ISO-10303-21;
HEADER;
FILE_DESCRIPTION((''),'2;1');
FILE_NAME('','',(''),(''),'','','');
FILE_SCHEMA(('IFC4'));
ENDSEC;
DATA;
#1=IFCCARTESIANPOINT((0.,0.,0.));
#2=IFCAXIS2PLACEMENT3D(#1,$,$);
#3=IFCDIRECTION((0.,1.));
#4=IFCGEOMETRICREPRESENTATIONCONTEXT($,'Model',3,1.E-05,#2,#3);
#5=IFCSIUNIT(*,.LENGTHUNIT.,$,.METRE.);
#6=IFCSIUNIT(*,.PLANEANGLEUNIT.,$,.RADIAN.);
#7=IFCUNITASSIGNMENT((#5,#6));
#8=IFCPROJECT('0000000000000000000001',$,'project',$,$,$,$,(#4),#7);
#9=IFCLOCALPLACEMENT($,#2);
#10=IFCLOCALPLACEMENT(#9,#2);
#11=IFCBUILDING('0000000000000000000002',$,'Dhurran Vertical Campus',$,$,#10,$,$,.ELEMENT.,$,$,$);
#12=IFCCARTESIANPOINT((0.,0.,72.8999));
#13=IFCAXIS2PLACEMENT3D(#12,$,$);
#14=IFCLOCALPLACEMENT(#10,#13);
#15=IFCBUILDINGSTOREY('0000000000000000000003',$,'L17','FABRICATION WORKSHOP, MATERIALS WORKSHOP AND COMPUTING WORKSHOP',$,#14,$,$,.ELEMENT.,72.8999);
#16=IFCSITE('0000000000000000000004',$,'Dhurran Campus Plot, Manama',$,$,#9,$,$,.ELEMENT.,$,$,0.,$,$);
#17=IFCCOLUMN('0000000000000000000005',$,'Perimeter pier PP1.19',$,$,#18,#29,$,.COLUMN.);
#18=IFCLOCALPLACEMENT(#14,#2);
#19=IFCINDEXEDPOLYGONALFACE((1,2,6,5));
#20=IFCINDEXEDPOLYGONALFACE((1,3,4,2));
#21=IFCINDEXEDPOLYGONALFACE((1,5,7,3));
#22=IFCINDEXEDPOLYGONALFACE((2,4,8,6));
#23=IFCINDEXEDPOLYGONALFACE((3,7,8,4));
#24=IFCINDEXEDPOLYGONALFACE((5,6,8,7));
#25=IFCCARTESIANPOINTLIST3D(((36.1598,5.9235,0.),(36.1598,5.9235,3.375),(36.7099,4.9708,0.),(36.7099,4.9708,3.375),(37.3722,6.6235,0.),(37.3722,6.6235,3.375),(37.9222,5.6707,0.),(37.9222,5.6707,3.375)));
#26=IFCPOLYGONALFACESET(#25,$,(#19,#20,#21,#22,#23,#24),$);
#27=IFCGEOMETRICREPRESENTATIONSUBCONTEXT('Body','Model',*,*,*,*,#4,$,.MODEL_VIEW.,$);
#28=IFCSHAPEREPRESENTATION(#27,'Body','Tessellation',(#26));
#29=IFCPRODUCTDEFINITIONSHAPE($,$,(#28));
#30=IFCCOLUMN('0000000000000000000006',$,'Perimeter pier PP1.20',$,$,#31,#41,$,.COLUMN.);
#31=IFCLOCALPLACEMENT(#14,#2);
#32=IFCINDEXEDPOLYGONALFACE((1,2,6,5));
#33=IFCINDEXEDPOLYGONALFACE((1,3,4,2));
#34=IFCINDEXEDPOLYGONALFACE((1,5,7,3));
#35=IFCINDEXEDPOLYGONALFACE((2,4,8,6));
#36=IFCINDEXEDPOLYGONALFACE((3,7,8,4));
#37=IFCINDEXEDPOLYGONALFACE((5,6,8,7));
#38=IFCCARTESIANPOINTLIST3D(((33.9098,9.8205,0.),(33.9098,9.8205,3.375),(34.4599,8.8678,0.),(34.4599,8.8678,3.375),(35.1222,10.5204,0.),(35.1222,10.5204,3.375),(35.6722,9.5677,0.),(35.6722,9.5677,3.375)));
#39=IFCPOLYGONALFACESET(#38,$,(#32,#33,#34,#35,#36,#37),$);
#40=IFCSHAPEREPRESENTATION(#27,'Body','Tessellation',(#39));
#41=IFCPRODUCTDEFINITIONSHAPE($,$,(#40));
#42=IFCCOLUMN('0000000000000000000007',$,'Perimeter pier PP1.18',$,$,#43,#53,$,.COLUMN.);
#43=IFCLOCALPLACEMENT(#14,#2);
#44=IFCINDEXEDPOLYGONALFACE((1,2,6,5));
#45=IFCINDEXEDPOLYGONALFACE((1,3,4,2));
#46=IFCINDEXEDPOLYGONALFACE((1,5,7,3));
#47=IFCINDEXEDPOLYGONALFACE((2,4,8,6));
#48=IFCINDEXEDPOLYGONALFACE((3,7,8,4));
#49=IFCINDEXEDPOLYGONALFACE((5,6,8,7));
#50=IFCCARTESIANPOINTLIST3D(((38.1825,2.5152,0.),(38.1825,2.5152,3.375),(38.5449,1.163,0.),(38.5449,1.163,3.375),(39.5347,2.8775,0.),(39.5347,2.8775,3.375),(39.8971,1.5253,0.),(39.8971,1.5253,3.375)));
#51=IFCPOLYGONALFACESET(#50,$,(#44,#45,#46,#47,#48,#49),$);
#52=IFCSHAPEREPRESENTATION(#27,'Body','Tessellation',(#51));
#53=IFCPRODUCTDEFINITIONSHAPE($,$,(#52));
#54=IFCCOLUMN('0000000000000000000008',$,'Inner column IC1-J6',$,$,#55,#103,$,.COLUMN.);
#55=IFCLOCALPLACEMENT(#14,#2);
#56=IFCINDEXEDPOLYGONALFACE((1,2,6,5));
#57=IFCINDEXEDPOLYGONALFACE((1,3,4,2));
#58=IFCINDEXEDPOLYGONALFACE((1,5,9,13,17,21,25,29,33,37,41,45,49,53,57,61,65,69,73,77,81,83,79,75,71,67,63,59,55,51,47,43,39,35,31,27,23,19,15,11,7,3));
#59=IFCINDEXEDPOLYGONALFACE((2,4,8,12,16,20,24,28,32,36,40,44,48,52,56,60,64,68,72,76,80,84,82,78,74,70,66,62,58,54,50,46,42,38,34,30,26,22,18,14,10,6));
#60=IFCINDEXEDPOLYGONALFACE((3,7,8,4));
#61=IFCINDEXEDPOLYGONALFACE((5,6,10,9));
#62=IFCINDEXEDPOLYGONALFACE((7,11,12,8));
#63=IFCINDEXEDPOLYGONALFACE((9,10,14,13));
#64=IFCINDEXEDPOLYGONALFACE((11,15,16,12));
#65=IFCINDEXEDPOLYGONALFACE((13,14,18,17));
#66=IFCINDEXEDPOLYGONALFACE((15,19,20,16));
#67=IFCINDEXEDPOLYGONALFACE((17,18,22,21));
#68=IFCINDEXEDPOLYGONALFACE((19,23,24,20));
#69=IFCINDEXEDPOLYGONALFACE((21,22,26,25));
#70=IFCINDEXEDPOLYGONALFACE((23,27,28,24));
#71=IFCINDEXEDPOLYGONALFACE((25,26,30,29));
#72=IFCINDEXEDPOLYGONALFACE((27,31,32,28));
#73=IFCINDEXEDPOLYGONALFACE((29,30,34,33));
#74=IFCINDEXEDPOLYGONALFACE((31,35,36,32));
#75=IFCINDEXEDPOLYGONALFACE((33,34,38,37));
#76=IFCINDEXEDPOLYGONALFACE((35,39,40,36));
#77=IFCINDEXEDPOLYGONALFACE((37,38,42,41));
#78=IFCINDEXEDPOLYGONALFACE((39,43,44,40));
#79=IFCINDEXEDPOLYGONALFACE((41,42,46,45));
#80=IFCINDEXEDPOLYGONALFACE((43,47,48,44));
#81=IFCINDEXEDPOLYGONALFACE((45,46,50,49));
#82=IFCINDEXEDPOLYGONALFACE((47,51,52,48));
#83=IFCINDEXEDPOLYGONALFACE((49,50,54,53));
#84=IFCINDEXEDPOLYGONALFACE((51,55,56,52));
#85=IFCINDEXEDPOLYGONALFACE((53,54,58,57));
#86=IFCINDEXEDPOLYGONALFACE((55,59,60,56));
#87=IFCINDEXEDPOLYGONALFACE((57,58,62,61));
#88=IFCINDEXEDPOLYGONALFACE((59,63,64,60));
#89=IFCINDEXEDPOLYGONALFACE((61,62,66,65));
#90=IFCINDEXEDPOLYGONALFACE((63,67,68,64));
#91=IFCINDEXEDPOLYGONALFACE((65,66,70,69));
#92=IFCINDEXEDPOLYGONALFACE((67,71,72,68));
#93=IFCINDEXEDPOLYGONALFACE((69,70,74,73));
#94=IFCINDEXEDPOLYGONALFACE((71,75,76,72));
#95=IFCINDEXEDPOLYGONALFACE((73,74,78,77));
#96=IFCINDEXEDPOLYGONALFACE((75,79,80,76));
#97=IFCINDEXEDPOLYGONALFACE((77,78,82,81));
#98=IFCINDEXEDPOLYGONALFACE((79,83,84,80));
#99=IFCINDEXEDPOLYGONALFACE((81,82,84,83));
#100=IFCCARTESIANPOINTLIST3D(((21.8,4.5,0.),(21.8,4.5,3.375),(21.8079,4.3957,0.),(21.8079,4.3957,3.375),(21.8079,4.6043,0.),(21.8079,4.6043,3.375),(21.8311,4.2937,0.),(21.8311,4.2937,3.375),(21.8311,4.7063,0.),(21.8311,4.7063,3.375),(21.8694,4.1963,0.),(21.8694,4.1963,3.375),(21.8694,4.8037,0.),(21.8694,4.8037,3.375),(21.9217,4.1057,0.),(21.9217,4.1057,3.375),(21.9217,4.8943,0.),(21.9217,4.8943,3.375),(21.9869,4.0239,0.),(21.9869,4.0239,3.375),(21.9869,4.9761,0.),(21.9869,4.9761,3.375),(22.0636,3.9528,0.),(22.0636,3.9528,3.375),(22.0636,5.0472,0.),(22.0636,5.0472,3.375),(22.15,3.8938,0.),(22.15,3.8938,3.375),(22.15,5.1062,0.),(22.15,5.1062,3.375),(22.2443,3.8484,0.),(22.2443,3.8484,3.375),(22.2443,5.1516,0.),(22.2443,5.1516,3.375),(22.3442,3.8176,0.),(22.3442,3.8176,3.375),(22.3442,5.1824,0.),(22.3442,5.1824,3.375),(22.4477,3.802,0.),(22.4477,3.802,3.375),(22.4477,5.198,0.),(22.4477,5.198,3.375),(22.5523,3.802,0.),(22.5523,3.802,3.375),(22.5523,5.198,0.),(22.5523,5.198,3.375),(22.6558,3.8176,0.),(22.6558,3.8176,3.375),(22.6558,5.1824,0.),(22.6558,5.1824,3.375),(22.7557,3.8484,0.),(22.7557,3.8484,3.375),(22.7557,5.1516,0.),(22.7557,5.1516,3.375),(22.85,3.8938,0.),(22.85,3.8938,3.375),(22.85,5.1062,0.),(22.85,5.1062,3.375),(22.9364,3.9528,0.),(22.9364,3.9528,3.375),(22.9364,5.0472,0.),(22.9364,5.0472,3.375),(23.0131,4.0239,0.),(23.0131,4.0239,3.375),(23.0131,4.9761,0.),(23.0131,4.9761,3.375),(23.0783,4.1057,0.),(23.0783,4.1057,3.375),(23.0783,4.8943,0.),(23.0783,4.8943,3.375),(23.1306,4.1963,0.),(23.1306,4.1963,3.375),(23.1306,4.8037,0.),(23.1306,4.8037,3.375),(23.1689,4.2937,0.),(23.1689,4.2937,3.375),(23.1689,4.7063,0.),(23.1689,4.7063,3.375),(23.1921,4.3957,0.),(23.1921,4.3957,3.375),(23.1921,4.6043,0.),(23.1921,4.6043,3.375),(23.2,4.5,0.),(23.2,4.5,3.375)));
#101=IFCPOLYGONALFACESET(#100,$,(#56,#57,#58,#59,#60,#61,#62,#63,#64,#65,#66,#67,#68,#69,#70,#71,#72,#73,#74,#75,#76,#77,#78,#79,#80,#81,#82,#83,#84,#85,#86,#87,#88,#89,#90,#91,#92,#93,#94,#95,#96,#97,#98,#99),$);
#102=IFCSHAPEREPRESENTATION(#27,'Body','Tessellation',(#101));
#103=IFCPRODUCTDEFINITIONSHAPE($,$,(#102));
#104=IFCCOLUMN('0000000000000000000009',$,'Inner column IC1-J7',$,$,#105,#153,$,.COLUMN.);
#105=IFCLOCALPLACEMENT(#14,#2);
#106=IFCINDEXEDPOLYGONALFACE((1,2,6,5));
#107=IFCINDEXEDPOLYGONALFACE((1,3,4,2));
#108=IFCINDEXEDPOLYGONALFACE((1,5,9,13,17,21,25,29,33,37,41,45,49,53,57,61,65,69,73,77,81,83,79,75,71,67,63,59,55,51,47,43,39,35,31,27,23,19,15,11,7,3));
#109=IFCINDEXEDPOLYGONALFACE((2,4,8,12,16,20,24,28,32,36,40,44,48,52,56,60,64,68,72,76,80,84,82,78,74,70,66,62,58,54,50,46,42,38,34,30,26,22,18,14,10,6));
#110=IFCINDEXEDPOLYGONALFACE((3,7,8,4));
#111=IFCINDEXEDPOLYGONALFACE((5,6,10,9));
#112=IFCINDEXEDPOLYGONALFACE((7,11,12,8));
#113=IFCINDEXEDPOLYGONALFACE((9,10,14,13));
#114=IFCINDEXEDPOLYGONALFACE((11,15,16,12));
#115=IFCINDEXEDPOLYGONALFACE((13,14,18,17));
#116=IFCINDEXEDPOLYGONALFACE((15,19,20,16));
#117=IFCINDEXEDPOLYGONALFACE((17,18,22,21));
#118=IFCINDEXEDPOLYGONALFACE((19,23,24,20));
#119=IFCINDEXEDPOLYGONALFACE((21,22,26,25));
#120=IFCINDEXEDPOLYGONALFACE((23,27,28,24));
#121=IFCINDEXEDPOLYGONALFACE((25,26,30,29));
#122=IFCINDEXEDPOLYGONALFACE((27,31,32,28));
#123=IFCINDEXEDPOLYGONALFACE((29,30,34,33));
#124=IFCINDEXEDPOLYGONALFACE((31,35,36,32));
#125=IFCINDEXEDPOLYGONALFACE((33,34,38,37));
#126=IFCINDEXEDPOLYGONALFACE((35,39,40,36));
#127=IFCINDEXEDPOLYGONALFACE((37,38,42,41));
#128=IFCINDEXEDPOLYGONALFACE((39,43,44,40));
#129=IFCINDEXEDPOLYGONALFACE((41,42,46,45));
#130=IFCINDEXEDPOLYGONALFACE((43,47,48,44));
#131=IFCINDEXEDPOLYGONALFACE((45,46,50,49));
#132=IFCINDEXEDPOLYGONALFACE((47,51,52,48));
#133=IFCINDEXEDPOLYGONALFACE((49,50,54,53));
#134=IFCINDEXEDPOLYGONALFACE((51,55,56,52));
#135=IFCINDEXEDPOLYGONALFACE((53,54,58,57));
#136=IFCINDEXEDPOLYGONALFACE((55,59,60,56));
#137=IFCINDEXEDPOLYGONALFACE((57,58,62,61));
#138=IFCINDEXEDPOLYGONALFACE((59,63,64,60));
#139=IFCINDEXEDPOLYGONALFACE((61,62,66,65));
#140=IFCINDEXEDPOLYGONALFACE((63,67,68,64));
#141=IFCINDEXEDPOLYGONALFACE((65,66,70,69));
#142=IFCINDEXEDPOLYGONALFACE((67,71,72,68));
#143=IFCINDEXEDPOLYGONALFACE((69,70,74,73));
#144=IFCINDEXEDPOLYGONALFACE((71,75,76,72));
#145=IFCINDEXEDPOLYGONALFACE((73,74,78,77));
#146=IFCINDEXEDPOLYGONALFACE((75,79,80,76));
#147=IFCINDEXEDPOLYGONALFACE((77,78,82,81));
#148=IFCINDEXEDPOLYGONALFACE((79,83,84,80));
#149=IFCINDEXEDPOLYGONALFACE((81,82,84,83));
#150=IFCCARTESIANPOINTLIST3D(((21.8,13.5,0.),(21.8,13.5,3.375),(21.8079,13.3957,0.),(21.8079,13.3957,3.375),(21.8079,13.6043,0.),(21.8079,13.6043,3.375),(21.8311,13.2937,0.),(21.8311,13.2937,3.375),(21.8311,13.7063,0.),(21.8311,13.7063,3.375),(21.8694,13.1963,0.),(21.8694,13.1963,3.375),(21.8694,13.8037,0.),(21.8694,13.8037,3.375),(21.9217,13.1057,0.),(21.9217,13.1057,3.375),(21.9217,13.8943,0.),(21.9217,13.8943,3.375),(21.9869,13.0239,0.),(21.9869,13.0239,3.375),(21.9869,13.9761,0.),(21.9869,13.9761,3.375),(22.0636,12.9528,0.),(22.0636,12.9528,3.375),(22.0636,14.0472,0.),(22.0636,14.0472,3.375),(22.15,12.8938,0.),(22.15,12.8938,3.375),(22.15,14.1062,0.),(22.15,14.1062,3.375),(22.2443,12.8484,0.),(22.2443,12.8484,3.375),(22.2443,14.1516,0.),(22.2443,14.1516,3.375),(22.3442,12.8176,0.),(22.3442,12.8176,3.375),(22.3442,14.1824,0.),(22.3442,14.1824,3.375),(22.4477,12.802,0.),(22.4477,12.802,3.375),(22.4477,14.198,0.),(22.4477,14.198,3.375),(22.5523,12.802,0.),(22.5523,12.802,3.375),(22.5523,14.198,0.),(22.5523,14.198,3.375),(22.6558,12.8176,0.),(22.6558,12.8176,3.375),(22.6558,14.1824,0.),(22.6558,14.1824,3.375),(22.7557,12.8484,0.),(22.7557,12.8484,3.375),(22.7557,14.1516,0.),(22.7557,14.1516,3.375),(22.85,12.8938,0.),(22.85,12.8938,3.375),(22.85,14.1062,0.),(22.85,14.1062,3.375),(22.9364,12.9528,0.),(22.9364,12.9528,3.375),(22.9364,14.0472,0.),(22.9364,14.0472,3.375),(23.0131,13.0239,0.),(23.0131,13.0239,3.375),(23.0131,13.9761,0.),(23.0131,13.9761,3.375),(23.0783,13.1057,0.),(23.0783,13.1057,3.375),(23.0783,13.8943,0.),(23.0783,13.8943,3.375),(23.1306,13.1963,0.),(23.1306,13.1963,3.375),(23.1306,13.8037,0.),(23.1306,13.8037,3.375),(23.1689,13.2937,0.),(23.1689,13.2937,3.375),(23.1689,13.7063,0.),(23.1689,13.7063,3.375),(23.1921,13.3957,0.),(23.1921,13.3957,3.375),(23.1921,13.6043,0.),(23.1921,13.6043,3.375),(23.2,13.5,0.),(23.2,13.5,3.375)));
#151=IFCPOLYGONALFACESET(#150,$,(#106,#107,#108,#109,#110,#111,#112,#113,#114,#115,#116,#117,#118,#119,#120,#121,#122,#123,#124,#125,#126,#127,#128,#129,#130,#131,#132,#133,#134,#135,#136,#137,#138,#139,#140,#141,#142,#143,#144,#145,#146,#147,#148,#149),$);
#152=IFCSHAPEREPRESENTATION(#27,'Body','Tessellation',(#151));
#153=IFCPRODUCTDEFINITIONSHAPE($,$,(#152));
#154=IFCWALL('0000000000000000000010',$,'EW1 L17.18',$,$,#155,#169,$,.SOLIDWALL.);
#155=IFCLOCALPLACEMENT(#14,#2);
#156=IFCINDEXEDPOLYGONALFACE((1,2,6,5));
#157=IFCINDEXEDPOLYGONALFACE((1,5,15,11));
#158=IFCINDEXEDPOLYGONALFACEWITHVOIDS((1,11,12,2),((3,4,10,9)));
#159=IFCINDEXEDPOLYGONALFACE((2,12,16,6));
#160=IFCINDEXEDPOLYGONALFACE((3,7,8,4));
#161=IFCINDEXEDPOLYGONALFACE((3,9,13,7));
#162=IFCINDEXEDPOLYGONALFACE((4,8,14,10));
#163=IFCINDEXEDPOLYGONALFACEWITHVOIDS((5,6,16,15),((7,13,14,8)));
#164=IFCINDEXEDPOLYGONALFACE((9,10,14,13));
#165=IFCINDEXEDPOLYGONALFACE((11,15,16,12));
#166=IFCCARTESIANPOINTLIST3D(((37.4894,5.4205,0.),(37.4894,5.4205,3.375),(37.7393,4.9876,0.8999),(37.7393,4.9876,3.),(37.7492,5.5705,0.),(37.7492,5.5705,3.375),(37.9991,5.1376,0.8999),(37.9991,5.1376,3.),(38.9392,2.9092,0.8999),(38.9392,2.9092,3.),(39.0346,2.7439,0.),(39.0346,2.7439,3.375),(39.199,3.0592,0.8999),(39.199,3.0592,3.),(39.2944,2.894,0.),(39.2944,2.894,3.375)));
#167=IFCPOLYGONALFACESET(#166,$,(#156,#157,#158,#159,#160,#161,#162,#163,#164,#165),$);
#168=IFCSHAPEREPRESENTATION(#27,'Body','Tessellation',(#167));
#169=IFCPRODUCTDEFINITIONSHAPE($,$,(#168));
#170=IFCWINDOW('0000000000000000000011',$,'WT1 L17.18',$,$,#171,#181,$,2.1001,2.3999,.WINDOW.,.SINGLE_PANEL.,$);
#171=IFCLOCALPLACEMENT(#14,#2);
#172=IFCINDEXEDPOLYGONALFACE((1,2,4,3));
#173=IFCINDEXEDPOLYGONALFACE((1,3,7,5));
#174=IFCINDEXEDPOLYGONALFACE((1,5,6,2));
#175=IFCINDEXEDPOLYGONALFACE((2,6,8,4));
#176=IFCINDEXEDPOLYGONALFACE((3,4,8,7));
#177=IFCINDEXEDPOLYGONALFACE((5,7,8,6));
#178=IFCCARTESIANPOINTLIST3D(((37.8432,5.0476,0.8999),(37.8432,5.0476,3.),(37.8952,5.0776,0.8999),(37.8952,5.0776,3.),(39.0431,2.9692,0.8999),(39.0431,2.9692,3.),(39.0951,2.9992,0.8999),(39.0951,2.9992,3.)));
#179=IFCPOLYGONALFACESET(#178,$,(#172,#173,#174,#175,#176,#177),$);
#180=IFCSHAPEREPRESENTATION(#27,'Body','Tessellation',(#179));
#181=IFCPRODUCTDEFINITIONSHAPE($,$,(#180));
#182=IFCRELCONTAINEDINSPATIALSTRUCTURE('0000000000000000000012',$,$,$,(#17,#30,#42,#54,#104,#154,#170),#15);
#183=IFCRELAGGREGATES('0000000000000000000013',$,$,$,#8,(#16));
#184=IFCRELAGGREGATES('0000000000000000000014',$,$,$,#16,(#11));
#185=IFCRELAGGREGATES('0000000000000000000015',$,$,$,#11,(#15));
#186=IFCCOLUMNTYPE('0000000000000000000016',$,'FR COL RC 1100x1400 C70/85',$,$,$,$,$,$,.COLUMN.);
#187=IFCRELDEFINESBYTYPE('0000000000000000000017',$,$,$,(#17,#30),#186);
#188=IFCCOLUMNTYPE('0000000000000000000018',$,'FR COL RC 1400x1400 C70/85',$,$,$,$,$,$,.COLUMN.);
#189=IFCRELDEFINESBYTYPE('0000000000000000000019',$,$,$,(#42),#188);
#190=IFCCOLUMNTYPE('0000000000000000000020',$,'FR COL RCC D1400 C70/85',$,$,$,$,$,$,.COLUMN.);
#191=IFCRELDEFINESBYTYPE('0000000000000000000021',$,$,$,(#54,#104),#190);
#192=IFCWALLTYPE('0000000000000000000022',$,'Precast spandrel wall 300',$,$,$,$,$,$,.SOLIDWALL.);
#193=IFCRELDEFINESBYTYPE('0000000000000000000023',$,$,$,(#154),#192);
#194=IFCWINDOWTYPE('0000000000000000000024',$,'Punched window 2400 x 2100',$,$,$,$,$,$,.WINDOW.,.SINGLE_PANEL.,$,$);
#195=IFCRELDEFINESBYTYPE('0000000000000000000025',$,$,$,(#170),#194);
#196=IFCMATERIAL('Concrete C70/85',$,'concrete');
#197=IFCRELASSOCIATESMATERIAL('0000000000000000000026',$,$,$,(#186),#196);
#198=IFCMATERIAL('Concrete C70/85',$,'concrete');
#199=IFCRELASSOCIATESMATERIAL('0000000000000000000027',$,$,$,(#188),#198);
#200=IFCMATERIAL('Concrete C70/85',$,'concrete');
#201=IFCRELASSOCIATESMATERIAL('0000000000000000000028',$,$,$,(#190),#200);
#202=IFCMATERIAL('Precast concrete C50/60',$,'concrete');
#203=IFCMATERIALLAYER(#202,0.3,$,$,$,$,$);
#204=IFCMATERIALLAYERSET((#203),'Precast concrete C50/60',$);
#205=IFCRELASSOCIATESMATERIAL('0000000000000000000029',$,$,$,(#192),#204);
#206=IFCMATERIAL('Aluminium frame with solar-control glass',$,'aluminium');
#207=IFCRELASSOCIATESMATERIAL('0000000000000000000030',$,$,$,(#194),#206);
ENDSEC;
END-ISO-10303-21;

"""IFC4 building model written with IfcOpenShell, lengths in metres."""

from ifc_helpers import new_model, si_unit, direction, frame, frame_2d, origin, origin_2d, place, context, subcontext, project, spatial, rectangle, circle, extrude, material, layer, layer_set, material_profile, profile_set, type_object, element, fill, save


model = new_model("IFC4")

# Units and contexts
model_context = context("Model", 3, precision=1e-05, world=origin(), true_north=direction((0.0, 1.0)))
body_context = subcontext(model_context, "Body", "Model", "MODEL_VIEW")
ifc_project = project(units=[si_unit("LENGTHUNIT", "METRE"), si_unit("PLANEANGLEUNIT", "RADIAN")], contexts=[model_context])

# Site, building, storey
site_placement = place(None, origin())
site = spatial("IfcSite", under=ifc_project, at=site_placement, Name="Dhurran Campus Plot, Manama", CompositionType="ELEMENT", RefElevation=0.0)
building_placement = place(site_placement, origin())
building = spatial("IfcBuilding", under=site, at=building_placement, Name="Dhurran Vertical Campus", CompositionType="ELEMENT")
storey_placement = place(building_placement, frame((0.0, 0.0, 72.8999)))
storey = spatial("IfcBuildingStorey", under=building, at=storey_placement, Name="L17", Description="FABRICATION WORKSHOP, MATERIALS WORKSHOP AND COMPUTING WORKSHOP", CompositionType="ELEMENT", Elevation=72.8999)

# Columns
ifc_material_1 = material(Name="Concrete C70/85", Category="concrete")
ifc_material_profile_1 = material_profile(ifc_material_1, rectangle(XDim=1.1001, YDim=1.3999, at=origin_2d()), Name="RC 1100x1400")
ifc_profile_set_1 = profile_set([ifc_material_profile_1], Name="Concrete C70/85")
column_type_1 = type_object("IfcColumnType", Name="FR COL RC 1100x1400 C70/85", PredefinedType="COLUMN", material=ifc_profile_set_1)
for number, where, z_axis, x_axis, name in (
    (1, (37.041, 5.7971, 0.0), (0.0, 0.0, 1.0), (-0.5, 0.866025, 0.0), "Perimeter pier PP1.19"),
    (2, (34.791, 9.6941, 0.0), (0.0, 0.0, 1.0), (-0.5, 0.866025, 0.0), "Perimeter pier PP1.20"),
):
    element("IfcColumn", number, at=place(storey_placement, frame(where, z_axis=z_axis, x_axis=x_axis)), inside=storey, type_object=column_type_1, Name=name, PredefinedType="COLUMN", context=body_context, shape_type="SweptSolid", body=[
        extrude(rectangle(XDim=1.1001, YDim=1.3999, at=origin_2d()), origin(), (0.0, 0.0, 1.0), 3.375),
    ])
ifc_material_2 = material(Name="Concrete C70/85", Category="concrete")
ifc_material_profile_2 = material_profile(ifc_material_2, rectangle(XDim=1.3999, YDim=1.3999, at=origin_2d()), Name="RC 1400x1400")
ifc_profile_set_2 = profile_set([ifc_material_profile_2], Name="Concrete C70/85")
column_type_2 = type_object("IfcColumnType", Name="FR COL RC 1400x1400 C70/85", PredefinedType="COLUMN", material=ifc_profile_set_2)
column_placement = place(storey_placement, frame((39.0398, 2.0203, 0.0), z_axis=(0.0, 0.0, 1.0), x_axis=(-0.258819, 0.965926, 0.0)))
element("IfcColumn", 3, at=column_placement, inside=storey, type_object=column_type_2, Name="Perimeter pier PP1.18", PredefinedType="COLUMN", context=body_context, shape_type="SweptSolid", body=[
    extrude(rectangle(XDim=1.3999, YDim=1.3999, at=origin_2d()), origin(), (0.0, 0.0, 1.0), 3.375),
])
ifc_material_3 = material(Name="Concrete C70/85", Category="concrete")
ifc_material_profile_3 = material_profile(ifc_material_3, circle(Radius=0.7, at=origin_2d()), Name="RCC D1400")
ifc_profile_set_3 = profile_set([ifc_material_profile_3], Name="Concrete C70/85")
column_type_3 = type_object("IfcColumnType", Name="FR COL RCC D1400 C70/85", PredefinedType="COLUMN", material=ifc_profile_set_3)
for number, where, z_axis, x_axis, name in (
    (4, (22.5, 4.5, 0.0), (0.0, 0.0, 1.0), (1.0, 0.0, 0.0), "Inner column IC1-J6"),
    (5, (22.5, 13.5, 0.0), (0.0, 0.0, 1.0), (1.0, 0.0, 0.0), "Inner column IC1-J7"),
):
    element("IfcColumn", number, at=place(storey_placement, frame(where, z_axis=z_axis, x_axis=x_axis)), inside=storey, type_object=column_type_3, Name=name, PredefinedType="COLUMN", context=body_context, shape_type="SweptSolid", body=[
        extrude(circle(Radius=0.7, at=origin_2d()), origin(), (0.0, 0.0, 1.0), 3.375),
    ])

# Wall, opening, window
ifc_material_4 = material(Name="Precast concrete C50/60", Category="concrete")
ifc_layer_1 = layer(ifc_material_4, 0.3)
ifc_layer_set_1 = layer_set([ifc_layer_1], Name="Precast concrete C50/60")
wall_type_1 = type_object("IfcWallType", Name="Precast spandrel wall 300", PredefinedType="SOLIDWALL", material=ifc_layer_set_1)
wall_1_placement = place(storey_placement, frame((39.1646, 2.8188, 0.0), z_axis=(0.0, 0.0, 1.0), x_axis=(-0.499971, 0.866042, 0.0)))
wall_1 = element("IfcWall", 6, at=wall_1_placement, inside=storey, type_object=wall_type_1, Name="EW1 L17.18", PredefinedType="SOLIDWALL", context=body_context, shape_type="SweptSolid", body=[
    extrude(rectangle(XDim=3.0906, YDim=0.3, at=frame_2d((1.5454, 0.0))), origin(), (0.0, 0.0, 1.0), 3.375),
])
opening_1_placement = place(wall_1_placement, frame((0.1909, 0.0, 0.8999)))
opening_1 = element("IfcOpeningElement", 7, at=opening_1_placement, cuts=wall_1, PredefinedType="OPENING", context=body_context, shape_type="SweptSolid", body=[
    extrude(rectangle(XDim=2.3999, YDim=2.1001, at=frame_2d((1.2, 1.05))), frame((0.0, 0.1599, 0.0), z_axis=(0.0, -1.0, 0.0), x_axis=(1.0, 0.0, 0.0)), (0.0, 0.0, 1.0), 0.3201),
])
ifc_material_5 = material(Name="Aluminium frame with solar-control glass", Category="aluminium")
window_type = type_object("IfcWindowType", Name="Punched window 2400 x 2100", PartitioningType="SINGLE_PANEL", PredefinedType="WINDOW", material=ifc_material_5)
window_1_placement = place(opening_1_placement, origin())
window_1 = element("IfcWindow", 8, at=window_1_placement, inside=storey, type_object=window_type, Name="WT1 L17.18", OverallHeight=2.1001, OverallWidth=2.3999, PartitioningType="SINGLE_PANEL", PredefinedType="WINDOW", context=body_context, shape_type="SweptSolid", body=[
    extrude(rectangle(XDim=2.3999, YDim=2.1001, at=frame_2d((1.2, 1.05))), frame((0.0, 0.03, 0.0), z_axis=(0.0, -1.0, 0.0), x_axis=(1.0, 0.0, 0.0)), (0.0, 0.0, 1.0), 0.0601),
])
fill(opening_1, window_1)

save(model, "model.ifc")
